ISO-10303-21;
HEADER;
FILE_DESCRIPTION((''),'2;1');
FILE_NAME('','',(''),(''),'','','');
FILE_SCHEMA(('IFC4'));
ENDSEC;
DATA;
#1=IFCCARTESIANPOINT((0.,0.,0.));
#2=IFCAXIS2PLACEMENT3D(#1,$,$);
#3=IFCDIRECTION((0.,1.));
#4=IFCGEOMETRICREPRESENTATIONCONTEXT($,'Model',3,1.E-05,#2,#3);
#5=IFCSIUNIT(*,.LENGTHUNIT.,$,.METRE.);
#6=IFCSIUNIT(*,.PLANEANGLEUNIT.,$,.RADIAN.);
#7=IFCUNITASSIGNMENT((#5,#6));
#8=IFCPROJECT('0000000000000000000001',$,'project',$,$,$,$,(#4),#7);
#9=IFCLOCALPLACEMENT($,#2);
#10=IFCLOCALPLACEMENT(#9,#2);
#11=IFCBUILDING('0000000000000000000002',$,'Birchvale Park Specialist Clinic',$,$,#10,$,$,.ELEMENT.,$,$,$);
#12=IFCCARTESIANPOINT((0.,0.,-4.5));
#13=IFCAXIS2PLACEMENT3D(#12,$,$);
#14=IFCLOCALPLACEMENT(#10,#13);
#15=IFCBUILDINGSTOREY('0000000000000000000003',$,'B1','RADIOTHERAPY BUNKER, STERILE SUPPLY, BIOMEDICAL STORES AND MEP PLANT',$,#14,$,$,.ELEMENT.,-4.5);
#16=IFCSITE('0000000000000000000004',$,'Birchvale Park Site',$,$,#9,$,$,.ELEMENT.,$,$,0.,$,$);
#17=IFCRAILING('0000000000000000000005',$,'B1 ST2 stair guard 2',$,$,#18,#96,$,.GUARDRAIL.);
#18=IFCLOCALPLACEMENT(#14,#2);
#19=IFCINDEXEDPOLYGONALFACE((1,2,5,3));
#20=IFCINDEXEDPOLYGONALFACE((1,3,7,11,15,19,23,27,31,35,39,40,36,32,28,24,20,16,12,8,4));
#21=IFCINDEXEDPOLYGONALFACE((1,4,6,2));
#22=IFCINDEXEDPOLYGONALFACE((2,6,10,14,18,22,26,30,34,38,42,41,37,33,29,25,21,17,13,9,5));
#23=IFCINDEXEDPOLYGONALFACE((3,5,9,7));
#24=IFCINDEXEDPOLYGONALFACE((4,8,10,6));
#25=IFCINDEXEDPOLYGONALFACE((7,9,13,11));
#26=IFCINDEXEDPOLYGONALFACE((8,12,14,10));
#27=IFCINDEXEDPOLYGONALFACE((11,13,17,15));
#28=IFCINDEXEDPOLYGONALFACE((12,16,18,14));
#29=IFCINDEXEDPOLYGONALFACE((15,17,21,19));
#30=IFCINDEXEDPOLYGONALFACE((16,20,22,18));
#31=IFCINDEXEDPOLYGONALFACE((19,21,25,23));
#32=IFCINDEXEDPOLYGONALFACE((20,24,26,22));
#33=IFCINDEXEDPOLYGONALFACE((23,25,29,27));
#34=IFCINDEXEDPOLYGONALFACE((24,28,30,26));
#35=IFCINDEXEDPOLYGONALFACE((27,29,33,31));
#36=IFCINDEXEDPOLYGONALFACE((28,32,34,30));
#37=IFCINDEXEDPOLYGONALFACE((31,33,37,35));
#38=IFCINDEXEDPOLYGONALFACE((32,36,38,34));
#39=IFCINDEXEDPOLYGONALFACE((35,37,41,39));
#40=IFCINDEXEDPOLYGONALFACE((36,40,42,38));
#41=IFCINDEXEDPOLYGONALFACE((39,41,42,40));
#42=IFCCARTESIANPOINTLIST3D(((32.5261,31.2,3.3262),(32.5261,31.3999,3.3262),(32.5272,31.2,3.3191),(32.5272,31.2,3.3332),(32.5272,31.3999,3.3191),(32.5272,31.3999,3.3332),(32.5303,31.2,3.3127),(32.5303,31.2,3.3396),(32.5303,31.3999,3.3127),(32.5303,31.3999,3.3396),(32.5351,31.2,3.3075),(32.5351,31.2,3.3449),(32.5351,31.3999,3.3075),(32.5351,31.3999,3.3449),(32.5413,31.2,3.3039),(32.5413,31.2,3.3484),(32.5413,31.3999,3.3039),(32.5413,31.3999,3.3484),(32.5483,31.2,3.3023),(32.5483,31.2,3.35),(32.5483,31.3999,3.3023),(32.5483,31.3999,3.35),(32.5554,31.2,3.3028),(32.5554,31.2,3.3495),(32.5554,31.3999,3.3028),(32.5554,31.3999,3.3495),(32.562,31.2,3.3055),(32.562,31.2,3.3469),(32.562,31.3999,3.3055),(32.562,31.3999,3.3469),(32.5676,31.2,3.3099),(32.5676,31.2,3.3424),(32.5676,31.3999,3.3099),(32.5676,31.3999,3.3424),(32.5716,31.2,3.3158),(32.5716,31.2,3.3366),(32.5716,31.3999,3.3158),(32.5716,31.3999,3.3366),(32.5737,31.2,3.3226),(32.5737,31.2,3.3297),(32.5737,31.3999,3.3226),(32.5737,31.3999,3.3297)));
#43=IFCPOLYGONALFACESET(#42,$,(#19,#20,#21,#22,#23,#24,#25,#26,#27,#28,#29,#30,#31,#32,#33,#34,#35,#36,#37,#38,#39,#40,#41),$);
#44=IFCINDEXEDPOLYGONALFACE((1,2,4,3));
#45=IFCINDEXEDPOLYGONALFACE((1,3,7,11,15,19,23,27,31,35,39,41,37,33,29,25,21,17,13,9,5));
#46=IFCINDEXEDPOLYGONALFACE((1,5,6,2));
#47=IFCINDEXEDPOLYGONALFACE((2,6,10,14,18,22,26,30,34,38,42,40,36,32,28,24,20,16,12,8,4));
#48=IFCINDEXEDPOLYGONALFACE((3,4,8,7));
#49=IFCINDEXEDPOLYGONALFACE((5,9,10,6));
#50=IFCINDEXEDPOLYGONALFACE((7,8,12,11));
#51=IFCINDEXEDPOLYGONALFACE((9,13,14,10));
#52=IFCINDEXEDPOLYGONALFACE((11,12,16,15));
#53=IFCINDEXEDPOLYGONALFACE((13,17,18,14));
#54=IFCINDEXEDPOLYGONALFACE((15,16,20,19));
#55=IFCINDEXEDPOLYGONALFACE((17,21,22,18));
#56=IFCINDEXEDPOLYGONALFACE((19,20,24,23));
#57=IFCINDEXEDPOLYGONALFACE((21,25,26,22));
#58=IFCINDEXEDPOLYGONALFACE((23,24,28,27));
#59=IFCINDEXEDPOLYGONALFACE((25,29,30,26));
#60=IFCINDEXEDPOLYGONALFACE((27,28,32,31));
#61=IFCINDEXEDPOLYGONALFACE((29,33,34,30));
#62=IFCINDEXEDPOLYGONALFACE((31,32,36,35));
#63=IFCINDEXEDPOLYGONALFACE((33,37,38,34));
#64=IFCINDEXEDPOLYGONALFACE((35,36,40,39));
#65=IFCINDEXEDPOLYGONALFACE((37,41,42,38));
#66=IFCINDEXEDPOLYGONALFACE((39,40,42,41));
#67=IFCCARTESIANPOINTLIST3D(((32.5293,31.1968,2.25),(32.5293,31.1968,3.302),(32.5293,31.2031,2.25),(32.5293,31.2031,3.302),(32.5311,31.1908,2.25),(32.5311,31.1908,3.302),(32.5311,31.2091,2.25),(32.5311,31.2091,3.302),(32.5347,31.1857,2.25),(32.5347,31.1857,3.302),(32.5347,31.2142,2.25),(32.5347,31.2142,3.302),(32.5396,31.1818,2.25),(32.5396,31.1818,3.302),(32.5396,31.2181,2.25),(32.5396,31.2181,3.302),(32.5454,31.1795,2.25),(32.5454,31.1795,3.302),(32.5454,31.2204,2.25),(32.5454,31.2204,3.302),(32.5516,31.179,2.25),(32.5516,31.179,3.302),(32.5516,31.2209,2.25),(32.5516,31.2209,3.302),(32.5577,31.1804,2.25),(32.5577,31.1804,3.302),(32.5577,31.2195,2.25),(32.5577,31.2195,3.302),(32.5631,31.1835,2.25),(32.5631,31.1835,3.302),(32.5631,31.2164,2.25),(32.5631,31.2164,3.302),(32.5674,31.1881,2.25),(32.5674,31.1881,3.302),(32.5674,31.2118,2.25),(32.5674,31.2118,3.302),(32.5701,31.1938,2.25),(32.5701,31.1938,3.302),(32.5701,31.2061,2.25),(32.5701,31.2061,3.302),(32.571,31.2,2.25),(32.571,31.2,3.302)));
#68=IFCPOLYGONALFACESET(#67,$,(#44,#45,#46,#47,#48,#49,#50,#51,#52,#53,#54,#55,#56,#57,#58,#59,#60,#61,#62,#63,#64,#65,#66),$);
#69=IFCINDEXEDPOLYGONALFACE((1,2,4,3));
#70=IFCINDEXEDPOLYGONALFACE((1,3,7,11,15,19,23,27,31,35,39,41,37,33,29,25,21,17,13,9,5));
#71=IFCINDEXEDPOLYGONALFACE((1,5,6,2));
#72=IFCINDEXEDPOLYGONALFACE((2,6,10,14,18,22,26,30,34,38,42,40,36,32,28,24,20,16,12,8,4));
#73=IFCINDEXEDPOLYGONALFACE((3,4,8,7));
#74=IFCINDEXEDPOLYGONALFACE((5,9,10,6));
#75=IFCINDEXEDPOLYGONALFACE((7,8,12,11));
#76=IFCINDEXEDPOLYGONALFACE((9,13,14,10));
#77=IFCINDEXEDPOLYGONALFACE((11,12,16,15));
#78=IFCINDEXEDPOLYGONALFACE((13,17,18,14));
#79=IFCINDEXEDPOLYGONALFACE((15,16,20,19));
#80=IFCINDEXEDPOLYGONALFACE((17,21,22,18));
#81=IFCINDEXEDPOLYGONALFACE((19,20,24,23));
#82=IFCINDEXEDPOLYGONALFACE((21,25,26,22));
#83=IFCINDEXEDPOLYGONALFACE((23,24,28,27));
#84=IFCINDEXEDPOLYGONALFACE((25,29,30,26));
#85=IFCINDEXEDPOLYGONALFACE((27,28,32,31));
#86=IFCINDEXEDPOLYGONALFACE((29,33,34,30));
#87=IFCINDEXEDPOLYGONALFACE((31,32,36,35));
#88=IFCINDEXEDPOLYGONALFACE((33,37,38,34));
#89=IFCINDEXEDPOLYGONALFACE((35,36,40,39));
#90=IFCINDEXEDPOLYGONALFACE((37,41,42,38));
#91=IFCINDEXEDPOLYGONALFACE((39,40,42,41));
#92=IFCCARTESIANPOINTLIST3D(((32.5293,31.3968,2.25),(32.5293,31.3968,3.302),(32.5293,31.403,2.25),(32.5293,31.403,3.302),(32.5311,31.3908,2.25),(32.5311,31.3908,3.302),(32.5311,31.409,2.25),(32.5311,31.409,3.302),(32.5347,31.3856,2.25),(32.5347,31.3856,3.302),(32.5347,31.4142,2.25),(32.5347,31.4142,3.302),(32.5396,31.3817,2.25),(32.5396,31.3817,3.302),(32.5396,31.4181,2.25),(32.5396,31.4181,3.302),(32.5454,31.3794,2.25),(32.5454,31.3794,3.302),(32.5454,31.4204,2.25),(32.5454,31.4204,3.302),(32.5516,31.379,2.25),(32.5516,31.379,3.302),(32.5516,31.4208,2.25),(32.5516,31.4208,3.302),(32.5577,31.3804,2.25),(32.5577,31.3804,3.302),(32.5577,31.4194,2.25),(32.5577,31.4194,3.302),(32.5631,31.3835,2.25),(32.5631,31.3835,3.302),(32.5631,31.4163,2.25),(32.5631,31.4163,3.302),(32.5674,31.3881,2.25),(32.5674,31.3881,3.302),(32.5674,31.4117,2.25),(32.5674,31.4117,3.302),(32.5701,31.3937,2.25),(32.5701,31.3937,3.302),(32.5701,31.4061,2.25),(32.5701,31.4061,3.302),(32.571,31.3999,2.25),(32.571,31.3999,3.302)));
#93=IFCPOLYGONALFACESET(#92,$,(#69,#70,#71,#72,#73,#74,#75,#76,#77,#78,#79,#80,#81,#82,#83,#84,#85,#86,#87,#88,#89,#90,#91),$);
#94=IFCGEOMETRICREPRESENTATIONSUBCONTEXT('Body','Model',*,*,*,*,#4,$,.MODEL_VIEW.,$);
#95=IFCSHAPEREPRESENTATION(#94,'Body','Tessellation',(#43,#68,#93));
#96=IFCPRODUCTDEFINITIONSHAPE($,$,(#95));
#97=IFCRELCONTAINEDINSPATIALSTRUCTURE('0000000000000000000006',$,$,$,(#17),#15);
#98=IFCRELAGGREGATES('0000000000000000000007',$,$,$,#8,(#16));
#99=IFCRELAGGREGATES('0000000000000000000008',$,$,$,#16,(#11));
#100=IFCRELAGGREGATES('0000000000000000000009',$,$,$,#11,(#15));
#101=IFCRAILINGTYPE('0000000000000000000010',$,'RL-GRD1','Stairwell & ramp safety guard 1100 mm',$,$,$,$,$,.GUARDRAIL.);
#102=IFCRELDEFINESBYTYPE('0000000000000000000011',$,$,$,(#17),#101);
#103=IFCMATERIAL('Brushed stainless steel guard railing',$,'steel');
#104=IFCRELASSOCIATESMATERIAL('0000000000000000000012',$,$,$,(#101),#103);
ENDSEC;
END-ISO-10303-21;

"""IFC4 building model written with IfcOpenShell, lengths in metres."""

from ifc_helpers import new_model, si_unit, direction, frame, origin, origin_2d, place, context, subcontext, project, spatial, circle, extrude, material, type_object, element, save


model = new_model("IFC4")

# Units and contexts
model_context = context("Model", 3, precision=1e-05, world=origin(), true_north=direction((0.0, 1.0)))
body_context = subcontext(model_context, "Body", "Model", "MODEL_VIEW")
ifc_project = project(units=[si_unit("LENGTHUNIT", "METRE"), si_unit("PLANEANGLEUNIT", "RADIAN")], contexts=[model_context])

# Site, building, storey
site_placement = place(None, origin())
site = spatial("IfcSite", under=ifc_project, at=site_placement, Name="Birchvale Park Site", CompositionType="ELEMENT", RefElevation=0.0)
building_placement = place(site_placement, origin())
building = spatial("IfcBuilding", under=site, at=building_placement, Name="Birchvale Park Specialist Clinic", CompositionType="ELEMENT")
storey_placement = place(building_placement, frame((0.0, 0.0, -4.5)))
storey = spatial("IfcBuildingStorey", under=building, at=storey_placement, Name="B1", Description="RADIOTHERAPY BUNKER, STERILE SUPPLY, BIOMEDICAL STORES AND MEP PLANT", CompositionType="ELEMENT", Elevation=-4.5)

# Railing
ifc_material_1 = material(Name="Brushed stainless steel guard railing", Category="steel")
railing_type_1 = type_object("IfcRailingType", Name="RL-GRD1", Description="Stairwell & ramp safety guard 1100 mm", PredefinedType="GUARDRAIL", material=ifc_material_1)
railing_1_placement = place(storey_placement, frame((32.55, 31.2, 2.25)))
element("IfcRailing", 1, at=railing_1_placement, inside=storey, type_object=railing_type_1, Name="B1 ST2 stair guard 2", PredefinedType="GUARDRAIL", context=body_context, shape_type="SweptSolid", body=[
    extrude(circle(Radius=0.0239, at=origin_2d()), frame((0.0, 0.0, 1.0762), z_axis=(0.0, 1.0, 0.0), x_axis=(-1.0, 0.0, 0.0)), (0.0, 0.0, 1.0), 0.2),
    extrude(circle(Radius=0.021, at=origin_2d()), origin(), (0.0, 0.0, 1.0), 1.052),
    extrude(circle(Radius=0.021, at=origin_2d()), frame((0.0, 0.2, 0.0)), (0.0, 0.0, 1.0), 1.052),
])

save(model, "model.ifc")
